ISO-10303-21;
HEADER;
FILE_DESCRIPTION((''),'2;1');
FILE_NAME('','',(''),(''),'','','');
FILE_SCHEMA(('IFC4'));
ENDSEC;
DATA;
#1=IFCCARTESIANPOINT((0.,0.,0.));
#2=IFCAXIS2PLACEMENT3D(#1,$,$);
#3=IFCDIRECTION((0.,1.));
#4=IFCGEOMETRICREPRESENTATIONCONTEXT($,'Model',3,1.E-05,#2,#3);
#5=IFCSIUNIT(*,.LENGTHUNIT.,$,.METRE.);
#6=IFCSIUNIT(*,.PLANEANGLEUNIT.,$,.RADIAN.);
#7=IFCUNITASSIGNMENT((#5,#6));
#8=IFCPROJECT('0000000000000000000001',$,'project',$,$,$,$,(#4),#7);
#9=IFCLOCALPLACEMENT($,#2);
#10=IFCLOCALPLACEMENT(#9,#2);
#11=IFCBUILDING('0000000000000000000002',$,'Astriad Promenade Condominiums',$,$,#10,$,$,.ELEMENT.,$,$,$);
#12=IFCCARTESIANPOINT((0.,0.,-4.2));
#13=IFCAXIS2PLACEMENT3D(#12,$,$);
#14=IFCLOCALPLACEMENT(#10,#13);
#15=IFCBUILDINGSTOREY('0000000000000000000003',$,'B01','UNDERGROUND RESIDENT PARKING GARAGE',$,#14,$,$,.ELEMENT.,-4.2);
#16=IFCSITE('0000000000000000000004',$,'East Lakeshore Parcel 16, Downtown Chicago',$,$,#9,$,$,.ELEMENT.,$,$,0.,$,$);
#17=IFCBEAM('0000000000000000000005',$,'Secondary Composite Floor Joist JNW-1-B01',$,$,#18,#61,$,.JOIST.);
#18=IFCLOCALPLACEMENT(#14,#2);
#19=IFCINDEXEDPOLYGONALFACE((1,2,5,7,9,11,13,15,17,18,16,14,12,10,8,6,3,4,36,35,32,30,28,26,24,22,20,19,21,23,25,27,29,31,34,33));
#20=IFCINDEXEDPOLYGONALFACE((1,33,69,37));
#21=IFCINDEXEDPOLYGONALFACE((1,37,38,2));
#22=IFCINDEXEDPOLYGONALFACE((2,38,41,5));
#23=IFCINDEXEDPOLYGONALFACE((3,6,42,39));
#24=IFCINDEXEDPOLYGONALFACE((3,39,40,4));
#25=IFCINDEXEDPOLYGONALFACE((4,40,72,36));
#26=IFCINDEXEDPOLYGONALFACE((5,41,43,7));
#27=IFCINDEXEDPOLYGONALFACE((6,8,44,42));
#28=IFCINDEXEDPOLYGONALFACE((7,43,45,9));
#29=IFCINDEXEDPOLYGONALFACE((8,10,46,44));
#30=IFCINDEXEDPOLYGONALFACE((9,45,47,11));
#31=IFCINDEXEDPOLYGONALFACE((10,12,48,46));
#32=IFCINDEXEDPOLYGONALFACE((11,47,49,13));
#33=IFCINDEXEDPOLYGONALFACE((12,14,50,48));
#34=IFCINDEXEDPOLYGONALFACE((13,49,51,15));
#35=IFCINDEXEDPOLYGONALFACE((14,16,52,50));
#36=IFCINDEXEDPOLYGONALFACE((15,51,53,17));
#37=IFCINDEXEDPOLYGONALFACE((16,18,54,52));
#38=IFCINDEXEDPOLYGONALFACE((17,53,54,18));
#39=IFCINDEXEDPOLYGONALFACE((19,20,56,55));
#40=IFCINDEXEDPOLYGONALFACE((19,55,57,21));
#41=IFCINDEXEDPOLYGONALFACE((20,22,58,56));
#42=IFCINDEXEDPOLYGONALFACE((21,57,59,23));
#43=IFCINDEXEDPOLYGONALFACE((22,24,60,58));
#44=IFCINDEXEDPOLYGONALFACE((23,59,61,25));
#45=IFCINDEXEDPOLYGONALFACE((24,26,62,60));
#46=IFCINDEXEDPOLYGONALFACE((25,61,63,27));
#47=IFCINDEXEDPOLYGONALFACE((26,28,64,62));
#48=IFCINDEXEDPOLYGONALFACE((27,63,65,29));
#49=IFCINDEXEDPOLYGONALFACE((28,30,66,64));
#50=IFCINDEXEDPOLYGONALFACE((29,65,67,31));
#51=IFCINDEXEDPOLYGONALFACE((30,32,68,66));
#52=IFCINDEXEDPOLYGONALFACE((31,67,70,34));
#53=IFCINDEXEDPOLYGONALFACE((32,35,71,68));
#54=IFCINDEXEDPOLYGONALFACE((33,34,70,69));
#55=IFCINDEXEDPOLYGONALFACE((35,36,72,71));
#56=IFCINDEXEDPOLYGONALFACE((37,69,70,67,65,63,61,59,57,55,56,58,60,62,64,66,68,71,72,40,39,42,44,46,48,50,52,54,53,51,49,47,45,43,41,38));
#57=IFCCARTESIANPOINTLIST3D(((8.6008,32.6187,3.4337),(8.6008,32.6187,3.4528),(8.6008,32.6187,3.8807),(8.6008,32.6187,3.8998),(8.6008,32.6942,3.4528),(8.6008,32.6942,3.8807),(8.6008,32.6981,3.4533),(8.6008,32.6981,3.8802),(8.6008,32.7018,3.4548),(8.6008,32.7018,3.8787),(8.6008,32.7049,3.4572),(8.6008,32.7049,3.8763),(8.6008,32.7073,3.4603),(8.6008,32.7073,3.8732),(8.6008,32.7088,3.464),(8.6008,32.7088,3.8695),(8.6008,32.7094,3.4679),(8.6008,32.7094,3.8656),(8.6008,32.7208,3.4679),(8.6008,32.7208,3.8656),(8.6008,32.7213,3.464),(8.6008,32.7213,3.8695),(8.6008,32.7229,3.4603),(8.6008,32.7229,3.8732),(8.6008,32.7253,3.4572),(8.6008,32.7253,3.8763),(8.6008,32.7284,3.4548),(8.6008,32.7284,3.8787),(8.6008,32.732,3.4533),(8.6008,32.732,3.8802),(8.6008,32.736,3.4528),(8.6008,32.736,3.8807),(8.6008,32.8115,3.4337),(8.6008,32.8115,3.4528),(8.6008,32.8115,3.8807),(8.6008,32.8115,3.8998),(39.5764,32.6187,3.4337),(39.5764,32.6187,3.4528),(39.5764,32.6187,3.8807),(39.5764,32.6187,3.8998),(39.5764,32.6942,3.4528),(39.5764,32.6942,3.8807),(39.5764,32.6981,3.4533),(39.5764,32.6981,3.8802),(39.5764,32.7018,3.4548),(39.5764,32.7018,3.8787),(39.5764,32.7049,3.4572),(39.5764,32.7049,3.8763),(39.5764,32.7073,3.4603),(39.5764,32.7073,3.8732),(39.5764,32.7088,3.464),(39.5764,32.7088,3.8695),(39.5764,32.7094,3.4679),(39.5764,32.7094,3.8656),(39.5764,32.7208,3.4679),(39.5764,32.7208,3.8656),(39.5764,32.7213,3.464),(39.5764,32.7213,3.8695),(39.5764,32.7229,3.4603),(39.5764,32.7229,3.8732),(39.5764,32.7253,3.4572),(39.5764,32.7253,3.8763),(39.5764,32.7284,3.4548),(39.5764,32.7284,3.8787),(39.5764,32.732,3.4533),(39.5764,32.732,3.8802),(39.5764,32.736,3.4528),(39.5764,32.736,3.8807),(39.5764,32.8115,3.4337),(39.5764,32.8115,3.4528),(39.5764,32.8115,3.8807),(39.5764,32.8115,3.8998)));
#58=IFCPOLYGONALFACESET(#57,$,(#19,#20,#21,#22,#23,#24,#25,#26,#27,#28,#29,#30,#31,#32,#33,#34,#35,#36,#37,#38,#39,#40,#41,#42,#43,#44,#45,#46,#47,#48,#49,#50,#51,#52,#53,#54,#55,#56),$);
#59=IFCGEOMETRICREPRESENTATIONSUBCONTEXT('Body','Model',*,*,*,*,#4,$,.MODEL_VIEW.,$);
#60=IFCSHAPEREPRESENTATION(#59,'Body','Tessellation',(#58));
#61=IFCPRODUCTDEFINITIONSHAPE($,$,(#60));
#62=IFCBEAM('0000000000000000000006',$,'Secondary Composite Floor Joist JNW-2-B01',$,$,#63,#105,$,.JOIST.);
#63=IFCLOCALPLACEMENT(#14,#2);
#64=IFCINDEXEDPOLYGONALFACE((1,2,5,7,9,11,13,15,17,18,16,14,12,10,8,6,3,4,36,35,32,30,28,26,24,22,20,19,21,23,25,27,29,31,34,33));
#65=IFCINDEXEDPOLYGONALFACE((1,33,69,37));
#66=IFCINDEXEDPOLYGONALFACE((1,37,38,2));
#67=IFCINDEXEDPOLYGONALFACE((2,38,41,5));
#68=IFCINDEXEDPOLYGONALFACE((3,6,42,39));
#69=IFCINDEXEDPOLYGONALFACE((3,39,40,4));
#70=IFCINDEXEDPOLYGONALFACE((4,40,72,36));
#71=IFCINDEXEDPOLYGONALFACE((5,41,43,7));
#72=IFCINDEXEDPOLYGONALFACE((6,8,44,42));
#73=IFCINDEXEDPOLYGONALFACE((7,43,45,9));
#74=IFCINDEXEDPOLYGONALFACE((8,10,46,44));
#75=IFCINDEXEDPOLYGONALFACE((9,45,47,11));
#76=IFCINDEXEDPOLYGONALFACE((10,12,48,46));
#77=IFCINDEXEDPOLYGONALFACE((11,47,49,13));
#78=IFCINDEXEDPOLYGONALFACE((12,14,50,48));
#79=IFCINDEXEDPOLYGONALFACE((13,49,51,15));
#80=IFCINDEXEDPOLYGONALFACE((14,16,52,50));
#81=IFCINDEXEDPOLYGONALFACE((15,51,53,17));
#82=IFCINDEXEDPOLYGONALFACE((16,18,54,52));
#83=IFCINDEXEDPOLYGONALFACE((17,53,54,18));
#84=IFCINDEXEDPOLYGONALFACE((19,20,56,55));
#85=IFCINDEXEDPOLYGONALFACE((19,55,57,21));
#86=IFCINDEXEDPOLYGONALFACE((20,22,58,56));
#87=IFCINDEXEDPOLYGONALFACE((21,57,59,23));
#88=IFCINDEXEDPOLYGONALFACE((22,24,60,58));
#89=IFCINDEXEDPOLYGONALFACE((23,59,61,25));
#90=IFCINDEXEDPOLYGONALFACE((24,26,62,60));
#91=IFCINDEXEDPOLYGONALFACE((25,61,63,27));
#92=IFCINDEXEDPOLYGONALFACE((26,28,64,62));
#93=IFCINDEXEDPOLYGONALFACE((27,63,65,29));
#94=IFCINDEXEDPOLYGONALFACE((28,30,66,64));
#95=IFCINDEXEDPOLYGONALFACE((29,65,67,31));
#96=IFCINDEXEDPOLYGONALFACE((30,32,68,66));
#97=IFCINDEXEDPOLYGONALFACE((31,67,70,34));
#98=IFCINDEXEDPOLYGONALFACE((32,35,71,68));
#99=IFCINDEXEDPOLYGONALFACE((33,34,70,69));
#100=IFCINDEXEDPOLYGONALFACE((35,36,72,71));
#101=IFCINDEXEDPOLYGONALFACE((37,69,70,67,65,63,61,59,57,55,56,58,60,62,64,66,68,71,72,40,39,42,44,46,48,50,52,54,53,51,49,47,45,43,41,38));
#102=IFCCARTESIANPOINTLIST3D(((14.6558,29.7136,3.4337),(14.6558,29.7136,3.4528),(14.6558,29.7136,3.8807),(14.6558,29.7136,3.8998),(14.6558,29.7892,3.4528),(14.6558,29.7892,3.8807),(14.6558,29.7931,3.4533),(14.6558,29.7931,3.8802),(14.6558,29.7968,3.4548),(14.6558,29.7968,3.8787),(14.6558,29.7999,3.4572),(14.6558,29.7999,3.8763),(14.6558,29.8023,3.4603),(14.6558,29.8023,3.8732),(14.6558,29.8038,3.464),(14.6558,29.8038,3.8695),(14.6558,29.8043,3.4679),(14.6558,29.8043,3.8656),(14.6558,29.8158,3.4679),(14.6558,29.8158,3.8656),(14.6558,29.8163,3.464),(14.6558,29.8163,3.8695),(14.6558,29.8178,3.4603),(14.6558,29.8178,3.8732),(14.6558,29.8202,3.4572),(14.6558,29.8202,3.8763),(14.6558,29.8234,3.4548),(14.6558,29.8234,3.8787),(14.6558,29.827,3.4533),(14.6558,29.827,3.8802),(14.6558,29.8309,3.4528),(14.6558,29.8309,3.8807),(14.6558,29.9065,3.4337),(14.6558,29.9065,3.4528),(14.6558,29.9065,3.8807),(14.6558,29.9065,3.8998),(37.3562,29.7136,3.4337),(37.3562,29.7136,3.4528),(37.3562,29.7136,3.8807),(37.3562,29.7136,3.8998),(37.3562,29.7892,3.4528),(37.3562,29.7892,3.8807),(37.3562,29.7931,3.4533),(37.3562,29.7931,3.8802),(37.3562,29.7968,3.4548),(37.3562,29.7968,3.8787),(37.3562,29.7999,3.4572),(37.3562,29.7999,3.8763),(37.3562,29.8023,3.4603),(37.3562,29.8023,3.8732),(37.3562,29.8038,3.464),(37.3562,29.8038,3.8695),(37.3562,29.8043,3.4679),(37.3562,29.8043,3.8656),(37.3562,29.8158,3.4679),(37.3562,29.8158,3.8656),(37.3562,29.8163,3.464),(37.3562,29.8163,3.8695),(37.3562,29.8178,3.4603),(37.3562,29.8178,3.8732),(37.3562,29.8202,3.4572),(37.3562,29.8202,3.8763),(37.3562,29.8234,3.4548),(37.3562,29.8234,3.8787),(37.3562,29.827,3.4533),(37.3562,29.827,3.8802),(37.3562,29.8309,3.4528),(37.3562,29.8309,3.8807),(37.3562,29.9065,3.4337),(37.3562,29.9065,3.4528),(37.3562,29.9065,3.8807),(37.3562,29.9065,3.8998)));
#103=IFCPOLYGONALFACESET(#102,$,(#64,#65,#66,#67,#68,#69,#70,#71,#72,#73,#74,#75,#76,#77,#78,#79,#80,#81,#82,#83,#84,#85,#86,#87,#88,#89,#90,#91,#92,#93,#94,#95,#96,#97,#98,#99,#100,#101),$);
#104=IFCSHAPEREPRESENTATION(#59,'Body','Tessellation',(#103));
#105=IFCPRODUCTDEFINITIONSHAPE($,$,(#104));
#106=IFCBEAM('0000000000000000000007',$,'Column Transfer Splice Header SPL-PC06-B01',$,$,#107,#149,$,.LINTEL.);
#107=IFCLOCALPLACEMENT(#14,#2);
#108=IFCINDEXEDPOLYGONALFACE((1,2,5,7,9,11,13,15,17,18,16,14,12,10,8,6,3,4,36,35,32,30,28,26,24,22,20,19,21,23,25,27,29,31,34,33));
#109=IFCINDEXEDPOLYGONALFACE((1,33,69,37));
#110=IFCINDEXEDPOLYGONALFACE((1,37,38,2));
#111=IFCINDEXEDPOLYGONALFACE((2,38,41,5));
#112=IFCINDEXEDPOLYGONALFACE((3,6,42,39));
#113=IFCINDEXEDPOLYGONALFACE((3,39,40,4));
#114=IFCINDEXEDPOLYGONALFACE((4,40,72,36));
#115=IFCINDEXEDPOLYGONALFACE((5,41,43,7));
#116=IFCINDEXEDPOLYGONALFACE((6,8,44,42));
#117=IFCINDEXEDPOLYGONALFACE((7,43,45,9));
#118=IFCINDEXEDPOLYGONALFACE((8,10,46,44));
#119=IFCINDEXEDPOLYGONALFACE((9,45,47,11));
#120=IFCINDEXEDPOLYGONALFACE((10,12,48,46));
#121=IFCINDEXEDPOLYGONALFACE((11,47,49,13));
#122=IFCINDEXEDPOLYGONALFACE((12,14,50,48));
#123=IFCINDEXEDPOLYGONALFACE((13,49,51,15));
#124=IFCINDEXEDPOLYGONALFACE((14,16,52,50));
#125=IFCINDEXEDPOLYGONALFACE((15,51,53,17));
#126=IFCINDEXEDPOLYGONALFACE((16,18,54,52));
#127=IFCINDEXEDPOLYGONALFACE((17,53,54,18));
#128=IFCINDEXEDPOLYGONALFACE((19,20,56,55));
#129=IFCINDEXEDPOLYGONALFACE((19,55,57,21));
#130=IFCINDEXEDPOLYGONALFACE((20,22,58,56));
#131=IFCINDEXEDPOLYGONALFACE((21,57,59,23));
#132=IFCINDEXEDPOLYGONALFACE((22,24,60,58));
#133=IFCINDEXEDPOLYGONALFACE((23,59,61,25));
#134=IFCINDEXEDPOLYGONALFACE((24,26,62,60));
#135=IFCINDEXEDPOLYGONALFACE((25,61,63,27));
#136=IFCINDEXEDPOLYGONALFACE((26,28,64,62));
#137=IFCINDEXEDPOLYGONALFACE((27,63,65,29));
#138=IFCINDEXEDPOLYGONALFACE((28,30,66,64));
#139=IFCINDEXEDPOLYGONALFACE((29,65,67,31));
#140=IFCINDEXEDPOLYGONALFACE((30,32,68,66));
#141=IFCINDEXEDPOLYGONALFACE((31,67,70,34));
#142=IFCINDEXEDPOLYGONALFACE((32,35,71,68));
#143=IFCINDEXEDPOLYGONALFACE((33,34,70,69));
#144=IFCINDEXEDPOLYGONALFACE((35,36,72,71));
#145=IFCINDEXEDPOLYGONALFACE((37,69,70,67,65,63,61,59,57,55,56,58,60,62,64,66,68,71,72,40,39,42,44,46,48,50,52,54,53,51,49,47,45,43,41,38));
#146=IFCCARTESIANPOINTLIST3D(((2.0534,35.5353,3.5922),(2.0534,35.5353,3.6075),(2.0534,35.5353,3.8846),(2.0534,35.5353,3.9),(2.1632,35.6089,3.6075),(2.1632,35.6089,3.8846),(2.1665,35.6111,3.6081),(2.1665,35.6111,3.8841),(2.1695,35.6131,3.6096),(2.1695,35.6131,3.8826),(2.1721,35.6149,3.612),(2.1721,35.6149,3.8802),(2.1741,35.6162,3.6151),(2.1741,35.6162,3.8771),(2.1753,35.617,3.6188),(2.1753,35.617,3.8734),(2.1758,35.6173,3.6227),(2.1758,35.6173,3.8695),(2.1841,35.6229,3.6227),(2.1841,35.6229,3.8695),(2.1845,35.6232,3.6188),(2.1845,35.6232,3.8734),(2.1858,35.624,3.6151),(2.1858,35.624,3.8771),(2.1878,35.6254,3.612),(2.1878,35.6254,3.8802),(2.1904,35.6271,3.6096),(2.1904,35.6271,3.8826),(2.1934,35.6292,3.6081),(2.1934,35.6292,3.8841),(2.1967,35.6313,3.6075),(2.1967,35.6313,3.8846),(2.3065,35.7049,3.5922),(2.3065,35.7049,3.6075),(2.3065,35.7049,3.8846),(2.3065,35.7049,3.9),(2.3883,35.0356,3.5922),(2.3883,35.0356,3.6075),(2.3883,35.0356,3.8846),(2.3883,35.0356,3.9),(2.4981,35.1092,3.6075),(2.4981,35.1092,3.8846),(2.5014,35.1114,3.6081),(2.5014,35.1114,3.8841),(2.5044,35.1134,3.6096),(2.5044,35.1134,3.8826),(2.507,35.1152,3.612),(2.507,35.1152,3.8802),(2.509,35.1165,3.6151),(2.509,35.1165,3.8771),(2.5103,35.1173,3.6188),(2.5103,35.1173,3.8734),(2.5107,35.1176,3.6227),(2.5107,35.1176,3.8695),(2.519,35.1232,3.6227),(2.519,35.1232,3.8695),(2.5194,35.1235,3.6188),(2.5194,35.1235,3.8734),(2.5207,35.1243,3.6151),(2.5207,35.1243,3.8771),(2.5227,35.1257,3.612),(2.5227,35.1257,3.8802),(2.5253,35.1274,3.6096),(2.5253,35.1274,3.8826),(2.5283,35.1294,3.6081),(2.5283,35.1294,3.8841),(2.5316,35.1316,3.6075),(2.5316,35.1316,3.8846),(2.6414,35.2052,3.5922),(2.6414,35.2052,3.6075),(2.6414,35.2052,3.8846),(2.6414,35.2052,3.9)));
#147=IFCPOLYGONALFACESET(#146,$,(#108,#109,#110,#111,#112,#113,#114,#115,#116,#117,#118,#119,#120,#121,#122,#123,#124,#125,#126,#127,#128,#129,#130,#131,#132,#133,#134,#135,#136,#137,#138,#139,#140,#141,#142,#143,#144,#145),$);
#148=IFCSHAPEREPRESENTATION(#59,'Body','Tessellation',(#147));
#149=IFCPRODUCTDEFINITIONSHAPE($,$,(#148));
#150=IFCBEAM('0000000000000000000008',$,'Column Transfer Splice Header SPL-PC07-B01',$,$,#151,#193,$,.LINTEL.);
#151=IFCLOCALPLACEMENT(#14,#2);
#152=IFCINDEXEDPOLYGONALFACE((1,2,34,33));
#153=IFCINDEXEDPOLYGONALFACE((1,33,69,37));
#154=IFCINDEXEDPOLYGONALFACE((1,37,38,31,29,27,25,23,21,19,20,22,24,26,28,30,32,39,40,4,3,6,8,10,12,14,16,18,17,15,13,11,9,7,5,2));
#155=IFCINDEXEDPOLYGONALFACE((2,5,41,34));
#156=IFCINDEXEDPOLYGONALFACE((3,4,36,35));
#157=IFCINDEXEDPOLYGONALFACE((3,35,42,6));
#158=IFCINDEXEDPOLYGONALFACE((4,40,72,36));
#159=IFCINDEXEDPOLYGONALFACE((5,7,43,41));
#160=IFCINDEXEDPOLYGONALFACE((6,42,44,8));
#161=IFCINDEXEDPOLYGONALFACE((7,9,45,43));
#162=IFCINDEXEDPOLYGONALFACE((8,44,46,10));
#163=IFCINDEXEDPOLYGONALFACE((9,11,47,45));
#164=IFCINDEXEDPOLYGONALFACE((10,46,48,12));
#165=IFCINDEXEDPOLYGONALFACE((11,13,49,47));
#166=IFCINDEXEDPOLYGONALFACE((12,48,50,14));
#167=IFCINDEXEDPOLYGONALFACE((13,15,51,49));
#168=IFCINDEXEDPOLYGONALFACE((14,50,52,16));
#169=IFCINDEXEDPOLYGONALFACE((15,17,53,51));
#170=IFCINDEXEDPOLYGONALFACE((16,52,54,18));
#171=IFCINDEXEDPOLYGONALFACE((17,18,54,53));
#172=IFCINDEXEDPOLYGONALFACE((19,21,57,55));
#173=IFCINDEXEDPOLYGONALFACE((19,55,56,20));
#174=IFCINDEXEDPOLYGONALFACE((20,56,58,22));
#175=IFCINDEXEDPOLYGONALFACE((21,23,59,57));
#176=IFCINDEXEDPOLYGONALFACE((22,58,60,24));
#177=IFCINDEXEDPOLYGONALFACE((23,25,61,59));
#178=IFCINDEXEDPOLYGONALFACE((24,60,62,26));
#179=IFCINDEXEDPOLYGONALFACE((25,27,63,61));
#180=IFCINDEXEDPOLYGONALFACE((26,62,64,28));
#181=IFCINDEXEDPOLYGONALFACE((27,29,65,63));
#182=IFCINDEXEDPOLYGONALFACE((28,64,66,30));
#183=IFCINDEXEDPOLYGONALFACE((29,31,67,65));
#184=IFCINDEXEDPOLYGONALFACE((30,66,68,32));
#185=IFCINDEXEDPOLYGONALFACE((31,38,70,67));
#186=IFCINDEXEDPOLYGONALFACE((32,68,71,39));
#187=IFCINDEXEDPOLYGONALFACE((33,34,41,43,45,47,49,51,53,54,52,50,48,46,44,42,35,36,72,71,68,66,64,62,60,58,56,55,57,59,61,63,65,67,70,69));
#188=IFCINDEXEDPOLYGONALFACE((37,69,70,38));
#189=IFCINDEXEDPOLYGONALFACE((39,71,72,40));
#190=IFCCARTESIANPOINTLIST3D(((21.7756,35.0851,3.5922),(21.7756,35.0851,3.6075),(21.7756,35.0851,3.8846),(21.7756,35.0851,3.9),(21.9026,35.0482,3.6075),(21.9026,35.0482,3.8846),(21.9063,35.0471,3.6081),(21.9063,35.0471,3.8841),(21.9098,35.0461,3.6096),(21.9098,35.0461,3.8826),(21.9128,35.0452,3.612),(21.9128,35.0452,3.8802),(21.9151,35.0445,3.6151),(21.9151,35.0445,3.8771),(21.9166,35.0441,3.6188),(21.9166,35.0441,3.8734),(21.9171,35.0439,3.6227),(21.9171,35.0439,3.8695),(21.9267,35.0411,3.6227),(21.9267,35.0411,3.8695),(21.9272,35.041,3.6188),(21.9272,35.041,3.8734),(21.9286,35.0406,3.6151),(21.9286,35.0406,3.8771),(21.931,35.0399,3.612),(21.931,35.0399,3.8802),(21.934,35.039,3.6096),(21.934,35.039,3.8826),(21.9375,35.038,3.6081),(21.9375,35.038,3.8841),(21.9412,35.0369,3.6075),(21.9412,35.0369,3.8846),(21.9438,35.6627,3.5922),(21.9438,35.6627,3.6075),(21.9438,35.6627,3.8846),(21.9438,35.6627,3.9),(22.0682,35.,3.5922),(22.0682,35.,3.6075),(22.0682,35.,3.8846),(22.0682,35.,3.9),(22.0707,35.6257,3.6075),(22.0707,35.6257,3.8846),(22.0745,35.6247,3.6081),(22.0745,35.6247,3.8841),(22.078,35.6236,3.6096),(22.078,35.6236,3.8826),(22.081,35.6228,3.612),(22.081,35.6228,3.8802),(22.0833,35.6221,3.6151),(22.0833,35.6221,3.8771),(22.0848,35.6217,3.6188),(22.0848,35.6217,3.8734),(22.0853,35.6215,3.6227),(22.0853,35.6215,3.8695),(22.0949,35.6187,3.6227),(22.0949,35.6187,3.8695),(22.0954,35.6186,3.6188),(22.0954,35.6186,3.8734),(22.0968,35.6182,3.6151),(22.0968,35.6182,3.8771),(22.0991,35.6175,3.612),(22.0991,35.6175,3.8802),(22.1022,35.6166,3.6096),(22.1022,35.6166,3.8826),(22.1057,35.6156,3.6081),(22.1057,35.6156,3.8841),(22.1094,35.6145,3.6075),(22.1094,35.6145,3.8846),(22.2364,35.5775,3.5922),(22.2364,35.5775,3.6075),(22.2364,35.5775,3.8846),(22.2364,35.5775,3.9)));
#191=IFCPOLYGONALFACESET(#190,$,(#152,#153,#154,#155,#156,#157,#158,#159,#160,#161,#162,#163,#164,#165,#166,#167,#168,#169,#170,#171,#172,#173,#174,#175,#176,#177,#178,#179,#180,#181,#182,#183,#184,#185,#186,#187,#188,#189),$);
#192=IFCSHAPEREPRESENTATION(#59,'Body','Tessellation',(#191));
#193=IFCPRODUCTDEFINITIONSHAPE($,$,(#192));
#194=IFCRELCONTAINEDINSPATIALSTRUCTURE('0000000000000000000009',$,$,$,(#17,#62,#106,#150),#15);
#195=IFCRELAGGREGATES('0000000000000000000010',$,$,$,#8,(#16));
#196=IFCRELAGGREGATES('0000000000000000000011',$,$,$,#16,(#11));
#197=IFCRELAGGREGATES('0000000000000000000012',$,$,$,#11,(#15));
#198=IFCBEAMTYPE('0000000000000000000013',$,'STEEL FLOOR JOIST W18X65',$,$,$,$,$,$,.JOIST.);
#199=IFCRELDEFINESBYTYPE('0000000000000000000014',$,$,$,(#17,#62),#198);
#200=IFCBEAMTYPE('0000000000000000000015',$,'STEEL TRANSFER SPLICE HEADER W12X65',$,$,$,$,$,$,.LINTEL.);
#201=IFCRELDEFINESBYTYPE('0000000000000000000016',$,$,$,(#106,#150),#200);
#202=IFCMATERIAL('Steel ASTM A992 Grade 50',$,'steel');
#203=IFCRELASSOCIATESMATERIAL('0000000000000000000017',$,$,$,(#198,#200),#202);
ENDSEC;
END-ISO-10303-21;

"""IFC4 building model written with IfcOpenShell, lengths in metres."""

from ifc_helpers import new_model, si_unit, direction, frame, origin, origin_2d, place, context, subcontext, project, spatial, i_section, extrude, source, transform, mapped, material, material_profile, profile_set, type_object, type_shapes, element, save


model = new_model("IFC4")

# Units and contexts
model_context = context("Model", 3, precision=1e-05, world=origin(), true_north=direction((0.0, 1.0)))
body_context = subcontext(model_context, "Body", "Model", "MODEL_VIEW")
ifc_project = project(units=[si_unit("LENGTHUNIT", "METRE"), si_unit("PLANEANGLEUNIT", "RADIAN")], contexts=[model_context])

# Site, building, storey
site_placement = place(None, origin())
site = spatial("IfcSite", under=ifc_project, at=site_placement, Name="East Lakeshore Parcel 16, Downtown Chicago", CompositionType="ELEMENT", RefElevation=0.0)
building_placement = place(site_placement, origin())
building = spatial("IfcBuilding", under=site, at=building_placement, Name="Astriad Promenade Condominiums", CompositionType="ELEMENT")
storey_placement = place(building_placement, frame((0.0, 0.0, -4.2)))
storey = spatial("IfcBuildingStorey", under=building, at=storey_placement, Name="B01", Description="UNDERGROUND RESIDENT PARKING GARAGE", CompositionType="ELEMENT", Elevation=-4.2)

# Shared definitions
ifc_material_1 = material(Name="Steel ASTM A992 Grade 50", Category="steel")

# Beams
ifc_material_profile_1 = material_profile(ifc_material_1, i_section(OverallWidth=0.1929, OverallDepth=0.4661, WebThickness=0.0115, FlangeThickness=0.019, FilletRadius=0.0151, at=origin_2d()), Name="W18X65")
ifc_profile_set_1 = profile_set([ifc_material_profile_1], Name="Steel ASTM A992 Grade 50")
beam_type_1 = type_object("IfcBeamType", Name="STEEL FLOOR JOIST W18X65", PredefinedType="JOIST", material=ifc_profile_set_1)
shared_shape_1 = source(origin(), body_context, "Body", "SweptSolid", [
    extrude(i_section(OverallWidth=0.1929, OverallDepth=0.4661, WebThickness=0.0115, FlangeThickness=0.019, FilletRadius=0.0151, at=origin_2d()), origin(), (0.0, 0.0, 1.0), 30.9756),
])
beam_1_placement = place(storey_placement, frame((8.6008, 32.7151, 3.6667), z_axis=(1.0, 0.0, 0.0), x_axis=(0.0, 1.0, 0.0)))
element("IfcBeam", 1, at=beam_1_placement, inside=storey, type_object=beam_type_1, Name="Secondary Composite Floor Joist JNW-1-B01", PredefinedType="JOIST", context=body_context, shape_type="MappedRepresentation", body=[
    mapped(shared_shape_1, transform((0.0, 0.0, 0.0), scale=1.0)),
])
shared_shape_2 = source(origin(), body_context, "Body", "SweptSolid", [
    extrude(i_section(OverallWidth=0.1929, OverallDepth=0.4661, WebThickness=0.0115, FlangeThickness=0.019, FilletRadius=0.0151, at=origin_2d()), origin(), (0.0, 0.0, 1.0), 22.7004),
])
type_shapes(beam_type_1, [shared_shape_1, shared_shape_2])
beam_2_placement = place(storey_placement, frame((14.6558, 29.8101, 3.6667), z_axis=(1.0, 0.0, 0.0), x_axis=(0.0, 1.0, 0.0)))
element("IfcBeam", 2, at=beam_2_placement, inside=storey, type_object=beam_type_1, Name="Secondary Composite Floor Joist JNW-2-B01", PredefinedType="JOIST", context=body_context, shape_type="MappedRepresentation", body=[
    mapped(shared_shape_2, transform((0.0, 0.0, 0.0), scale=1.0)),
])
ifc_material_profile_2 = material_profile(ifc_material_1, i_section(OverallWidth=0.3047, OverallDepth=0.3079, WebThickness=0.01, FlangeThickness=0.0154, FilletRadius=0.0151, at=origin_2d()), Name="W12X65")
ifc_profile_set_2 = profile_set([ifc_material_profile_2], Name="Steel ASTM A992 Grade 50")
beam_type_2 = type_object("IfcBeamType", Name="STEEL TRANSFER SPLICE HEADER W12X65", PredefinedType="LINTEL", material=ifc_profile_set_2)
shared_shape_3 = source(origin(), body_context, "Body", "SweptSolid", [
    extrude(i_section(OverallWidth=0.3047, OverallDepth=0.3079, WebThickness=0.01, FlangeThickness=0.0154, FilletRadius=0.0151, at=origin_2d()), origin(), (0.0, 0.0, 1.0), 0.6016),
])
type_shapes(beam_type_2, [shared_shape_3])
for number, where, z_axis, x_axis, name in (
    (3, (2.1799, 35.6201, 3.7461), (0.556759, -0.830674, 0.0), (0.830674, 0.556759, 0.0), "Column Transfer Splice Header SPL-PC06-B01"),
    (4, (22.0901, 35.6201, 3.7461), (-0.279595, -0.960118, 0.0), (0.960118, -0.279595, 0.0), "Column Transfer Splice Header SPL-PC07-B01"),
):
    element("IfcBeam", number, at=place(storey_placement, frame(where, z_axis=z_axis, x_axis=x_axis)), inside=storey, type_object=beam_type_2, Name=name, PredefinedType="LINTEL", context=body_context, shape_type="MappedRepresentation", body=[
        mapped(shared_shape_3, transform((0.0, 0.0, 0.0), scale=1.0)),
    ])

save(model, "model.ifc")
